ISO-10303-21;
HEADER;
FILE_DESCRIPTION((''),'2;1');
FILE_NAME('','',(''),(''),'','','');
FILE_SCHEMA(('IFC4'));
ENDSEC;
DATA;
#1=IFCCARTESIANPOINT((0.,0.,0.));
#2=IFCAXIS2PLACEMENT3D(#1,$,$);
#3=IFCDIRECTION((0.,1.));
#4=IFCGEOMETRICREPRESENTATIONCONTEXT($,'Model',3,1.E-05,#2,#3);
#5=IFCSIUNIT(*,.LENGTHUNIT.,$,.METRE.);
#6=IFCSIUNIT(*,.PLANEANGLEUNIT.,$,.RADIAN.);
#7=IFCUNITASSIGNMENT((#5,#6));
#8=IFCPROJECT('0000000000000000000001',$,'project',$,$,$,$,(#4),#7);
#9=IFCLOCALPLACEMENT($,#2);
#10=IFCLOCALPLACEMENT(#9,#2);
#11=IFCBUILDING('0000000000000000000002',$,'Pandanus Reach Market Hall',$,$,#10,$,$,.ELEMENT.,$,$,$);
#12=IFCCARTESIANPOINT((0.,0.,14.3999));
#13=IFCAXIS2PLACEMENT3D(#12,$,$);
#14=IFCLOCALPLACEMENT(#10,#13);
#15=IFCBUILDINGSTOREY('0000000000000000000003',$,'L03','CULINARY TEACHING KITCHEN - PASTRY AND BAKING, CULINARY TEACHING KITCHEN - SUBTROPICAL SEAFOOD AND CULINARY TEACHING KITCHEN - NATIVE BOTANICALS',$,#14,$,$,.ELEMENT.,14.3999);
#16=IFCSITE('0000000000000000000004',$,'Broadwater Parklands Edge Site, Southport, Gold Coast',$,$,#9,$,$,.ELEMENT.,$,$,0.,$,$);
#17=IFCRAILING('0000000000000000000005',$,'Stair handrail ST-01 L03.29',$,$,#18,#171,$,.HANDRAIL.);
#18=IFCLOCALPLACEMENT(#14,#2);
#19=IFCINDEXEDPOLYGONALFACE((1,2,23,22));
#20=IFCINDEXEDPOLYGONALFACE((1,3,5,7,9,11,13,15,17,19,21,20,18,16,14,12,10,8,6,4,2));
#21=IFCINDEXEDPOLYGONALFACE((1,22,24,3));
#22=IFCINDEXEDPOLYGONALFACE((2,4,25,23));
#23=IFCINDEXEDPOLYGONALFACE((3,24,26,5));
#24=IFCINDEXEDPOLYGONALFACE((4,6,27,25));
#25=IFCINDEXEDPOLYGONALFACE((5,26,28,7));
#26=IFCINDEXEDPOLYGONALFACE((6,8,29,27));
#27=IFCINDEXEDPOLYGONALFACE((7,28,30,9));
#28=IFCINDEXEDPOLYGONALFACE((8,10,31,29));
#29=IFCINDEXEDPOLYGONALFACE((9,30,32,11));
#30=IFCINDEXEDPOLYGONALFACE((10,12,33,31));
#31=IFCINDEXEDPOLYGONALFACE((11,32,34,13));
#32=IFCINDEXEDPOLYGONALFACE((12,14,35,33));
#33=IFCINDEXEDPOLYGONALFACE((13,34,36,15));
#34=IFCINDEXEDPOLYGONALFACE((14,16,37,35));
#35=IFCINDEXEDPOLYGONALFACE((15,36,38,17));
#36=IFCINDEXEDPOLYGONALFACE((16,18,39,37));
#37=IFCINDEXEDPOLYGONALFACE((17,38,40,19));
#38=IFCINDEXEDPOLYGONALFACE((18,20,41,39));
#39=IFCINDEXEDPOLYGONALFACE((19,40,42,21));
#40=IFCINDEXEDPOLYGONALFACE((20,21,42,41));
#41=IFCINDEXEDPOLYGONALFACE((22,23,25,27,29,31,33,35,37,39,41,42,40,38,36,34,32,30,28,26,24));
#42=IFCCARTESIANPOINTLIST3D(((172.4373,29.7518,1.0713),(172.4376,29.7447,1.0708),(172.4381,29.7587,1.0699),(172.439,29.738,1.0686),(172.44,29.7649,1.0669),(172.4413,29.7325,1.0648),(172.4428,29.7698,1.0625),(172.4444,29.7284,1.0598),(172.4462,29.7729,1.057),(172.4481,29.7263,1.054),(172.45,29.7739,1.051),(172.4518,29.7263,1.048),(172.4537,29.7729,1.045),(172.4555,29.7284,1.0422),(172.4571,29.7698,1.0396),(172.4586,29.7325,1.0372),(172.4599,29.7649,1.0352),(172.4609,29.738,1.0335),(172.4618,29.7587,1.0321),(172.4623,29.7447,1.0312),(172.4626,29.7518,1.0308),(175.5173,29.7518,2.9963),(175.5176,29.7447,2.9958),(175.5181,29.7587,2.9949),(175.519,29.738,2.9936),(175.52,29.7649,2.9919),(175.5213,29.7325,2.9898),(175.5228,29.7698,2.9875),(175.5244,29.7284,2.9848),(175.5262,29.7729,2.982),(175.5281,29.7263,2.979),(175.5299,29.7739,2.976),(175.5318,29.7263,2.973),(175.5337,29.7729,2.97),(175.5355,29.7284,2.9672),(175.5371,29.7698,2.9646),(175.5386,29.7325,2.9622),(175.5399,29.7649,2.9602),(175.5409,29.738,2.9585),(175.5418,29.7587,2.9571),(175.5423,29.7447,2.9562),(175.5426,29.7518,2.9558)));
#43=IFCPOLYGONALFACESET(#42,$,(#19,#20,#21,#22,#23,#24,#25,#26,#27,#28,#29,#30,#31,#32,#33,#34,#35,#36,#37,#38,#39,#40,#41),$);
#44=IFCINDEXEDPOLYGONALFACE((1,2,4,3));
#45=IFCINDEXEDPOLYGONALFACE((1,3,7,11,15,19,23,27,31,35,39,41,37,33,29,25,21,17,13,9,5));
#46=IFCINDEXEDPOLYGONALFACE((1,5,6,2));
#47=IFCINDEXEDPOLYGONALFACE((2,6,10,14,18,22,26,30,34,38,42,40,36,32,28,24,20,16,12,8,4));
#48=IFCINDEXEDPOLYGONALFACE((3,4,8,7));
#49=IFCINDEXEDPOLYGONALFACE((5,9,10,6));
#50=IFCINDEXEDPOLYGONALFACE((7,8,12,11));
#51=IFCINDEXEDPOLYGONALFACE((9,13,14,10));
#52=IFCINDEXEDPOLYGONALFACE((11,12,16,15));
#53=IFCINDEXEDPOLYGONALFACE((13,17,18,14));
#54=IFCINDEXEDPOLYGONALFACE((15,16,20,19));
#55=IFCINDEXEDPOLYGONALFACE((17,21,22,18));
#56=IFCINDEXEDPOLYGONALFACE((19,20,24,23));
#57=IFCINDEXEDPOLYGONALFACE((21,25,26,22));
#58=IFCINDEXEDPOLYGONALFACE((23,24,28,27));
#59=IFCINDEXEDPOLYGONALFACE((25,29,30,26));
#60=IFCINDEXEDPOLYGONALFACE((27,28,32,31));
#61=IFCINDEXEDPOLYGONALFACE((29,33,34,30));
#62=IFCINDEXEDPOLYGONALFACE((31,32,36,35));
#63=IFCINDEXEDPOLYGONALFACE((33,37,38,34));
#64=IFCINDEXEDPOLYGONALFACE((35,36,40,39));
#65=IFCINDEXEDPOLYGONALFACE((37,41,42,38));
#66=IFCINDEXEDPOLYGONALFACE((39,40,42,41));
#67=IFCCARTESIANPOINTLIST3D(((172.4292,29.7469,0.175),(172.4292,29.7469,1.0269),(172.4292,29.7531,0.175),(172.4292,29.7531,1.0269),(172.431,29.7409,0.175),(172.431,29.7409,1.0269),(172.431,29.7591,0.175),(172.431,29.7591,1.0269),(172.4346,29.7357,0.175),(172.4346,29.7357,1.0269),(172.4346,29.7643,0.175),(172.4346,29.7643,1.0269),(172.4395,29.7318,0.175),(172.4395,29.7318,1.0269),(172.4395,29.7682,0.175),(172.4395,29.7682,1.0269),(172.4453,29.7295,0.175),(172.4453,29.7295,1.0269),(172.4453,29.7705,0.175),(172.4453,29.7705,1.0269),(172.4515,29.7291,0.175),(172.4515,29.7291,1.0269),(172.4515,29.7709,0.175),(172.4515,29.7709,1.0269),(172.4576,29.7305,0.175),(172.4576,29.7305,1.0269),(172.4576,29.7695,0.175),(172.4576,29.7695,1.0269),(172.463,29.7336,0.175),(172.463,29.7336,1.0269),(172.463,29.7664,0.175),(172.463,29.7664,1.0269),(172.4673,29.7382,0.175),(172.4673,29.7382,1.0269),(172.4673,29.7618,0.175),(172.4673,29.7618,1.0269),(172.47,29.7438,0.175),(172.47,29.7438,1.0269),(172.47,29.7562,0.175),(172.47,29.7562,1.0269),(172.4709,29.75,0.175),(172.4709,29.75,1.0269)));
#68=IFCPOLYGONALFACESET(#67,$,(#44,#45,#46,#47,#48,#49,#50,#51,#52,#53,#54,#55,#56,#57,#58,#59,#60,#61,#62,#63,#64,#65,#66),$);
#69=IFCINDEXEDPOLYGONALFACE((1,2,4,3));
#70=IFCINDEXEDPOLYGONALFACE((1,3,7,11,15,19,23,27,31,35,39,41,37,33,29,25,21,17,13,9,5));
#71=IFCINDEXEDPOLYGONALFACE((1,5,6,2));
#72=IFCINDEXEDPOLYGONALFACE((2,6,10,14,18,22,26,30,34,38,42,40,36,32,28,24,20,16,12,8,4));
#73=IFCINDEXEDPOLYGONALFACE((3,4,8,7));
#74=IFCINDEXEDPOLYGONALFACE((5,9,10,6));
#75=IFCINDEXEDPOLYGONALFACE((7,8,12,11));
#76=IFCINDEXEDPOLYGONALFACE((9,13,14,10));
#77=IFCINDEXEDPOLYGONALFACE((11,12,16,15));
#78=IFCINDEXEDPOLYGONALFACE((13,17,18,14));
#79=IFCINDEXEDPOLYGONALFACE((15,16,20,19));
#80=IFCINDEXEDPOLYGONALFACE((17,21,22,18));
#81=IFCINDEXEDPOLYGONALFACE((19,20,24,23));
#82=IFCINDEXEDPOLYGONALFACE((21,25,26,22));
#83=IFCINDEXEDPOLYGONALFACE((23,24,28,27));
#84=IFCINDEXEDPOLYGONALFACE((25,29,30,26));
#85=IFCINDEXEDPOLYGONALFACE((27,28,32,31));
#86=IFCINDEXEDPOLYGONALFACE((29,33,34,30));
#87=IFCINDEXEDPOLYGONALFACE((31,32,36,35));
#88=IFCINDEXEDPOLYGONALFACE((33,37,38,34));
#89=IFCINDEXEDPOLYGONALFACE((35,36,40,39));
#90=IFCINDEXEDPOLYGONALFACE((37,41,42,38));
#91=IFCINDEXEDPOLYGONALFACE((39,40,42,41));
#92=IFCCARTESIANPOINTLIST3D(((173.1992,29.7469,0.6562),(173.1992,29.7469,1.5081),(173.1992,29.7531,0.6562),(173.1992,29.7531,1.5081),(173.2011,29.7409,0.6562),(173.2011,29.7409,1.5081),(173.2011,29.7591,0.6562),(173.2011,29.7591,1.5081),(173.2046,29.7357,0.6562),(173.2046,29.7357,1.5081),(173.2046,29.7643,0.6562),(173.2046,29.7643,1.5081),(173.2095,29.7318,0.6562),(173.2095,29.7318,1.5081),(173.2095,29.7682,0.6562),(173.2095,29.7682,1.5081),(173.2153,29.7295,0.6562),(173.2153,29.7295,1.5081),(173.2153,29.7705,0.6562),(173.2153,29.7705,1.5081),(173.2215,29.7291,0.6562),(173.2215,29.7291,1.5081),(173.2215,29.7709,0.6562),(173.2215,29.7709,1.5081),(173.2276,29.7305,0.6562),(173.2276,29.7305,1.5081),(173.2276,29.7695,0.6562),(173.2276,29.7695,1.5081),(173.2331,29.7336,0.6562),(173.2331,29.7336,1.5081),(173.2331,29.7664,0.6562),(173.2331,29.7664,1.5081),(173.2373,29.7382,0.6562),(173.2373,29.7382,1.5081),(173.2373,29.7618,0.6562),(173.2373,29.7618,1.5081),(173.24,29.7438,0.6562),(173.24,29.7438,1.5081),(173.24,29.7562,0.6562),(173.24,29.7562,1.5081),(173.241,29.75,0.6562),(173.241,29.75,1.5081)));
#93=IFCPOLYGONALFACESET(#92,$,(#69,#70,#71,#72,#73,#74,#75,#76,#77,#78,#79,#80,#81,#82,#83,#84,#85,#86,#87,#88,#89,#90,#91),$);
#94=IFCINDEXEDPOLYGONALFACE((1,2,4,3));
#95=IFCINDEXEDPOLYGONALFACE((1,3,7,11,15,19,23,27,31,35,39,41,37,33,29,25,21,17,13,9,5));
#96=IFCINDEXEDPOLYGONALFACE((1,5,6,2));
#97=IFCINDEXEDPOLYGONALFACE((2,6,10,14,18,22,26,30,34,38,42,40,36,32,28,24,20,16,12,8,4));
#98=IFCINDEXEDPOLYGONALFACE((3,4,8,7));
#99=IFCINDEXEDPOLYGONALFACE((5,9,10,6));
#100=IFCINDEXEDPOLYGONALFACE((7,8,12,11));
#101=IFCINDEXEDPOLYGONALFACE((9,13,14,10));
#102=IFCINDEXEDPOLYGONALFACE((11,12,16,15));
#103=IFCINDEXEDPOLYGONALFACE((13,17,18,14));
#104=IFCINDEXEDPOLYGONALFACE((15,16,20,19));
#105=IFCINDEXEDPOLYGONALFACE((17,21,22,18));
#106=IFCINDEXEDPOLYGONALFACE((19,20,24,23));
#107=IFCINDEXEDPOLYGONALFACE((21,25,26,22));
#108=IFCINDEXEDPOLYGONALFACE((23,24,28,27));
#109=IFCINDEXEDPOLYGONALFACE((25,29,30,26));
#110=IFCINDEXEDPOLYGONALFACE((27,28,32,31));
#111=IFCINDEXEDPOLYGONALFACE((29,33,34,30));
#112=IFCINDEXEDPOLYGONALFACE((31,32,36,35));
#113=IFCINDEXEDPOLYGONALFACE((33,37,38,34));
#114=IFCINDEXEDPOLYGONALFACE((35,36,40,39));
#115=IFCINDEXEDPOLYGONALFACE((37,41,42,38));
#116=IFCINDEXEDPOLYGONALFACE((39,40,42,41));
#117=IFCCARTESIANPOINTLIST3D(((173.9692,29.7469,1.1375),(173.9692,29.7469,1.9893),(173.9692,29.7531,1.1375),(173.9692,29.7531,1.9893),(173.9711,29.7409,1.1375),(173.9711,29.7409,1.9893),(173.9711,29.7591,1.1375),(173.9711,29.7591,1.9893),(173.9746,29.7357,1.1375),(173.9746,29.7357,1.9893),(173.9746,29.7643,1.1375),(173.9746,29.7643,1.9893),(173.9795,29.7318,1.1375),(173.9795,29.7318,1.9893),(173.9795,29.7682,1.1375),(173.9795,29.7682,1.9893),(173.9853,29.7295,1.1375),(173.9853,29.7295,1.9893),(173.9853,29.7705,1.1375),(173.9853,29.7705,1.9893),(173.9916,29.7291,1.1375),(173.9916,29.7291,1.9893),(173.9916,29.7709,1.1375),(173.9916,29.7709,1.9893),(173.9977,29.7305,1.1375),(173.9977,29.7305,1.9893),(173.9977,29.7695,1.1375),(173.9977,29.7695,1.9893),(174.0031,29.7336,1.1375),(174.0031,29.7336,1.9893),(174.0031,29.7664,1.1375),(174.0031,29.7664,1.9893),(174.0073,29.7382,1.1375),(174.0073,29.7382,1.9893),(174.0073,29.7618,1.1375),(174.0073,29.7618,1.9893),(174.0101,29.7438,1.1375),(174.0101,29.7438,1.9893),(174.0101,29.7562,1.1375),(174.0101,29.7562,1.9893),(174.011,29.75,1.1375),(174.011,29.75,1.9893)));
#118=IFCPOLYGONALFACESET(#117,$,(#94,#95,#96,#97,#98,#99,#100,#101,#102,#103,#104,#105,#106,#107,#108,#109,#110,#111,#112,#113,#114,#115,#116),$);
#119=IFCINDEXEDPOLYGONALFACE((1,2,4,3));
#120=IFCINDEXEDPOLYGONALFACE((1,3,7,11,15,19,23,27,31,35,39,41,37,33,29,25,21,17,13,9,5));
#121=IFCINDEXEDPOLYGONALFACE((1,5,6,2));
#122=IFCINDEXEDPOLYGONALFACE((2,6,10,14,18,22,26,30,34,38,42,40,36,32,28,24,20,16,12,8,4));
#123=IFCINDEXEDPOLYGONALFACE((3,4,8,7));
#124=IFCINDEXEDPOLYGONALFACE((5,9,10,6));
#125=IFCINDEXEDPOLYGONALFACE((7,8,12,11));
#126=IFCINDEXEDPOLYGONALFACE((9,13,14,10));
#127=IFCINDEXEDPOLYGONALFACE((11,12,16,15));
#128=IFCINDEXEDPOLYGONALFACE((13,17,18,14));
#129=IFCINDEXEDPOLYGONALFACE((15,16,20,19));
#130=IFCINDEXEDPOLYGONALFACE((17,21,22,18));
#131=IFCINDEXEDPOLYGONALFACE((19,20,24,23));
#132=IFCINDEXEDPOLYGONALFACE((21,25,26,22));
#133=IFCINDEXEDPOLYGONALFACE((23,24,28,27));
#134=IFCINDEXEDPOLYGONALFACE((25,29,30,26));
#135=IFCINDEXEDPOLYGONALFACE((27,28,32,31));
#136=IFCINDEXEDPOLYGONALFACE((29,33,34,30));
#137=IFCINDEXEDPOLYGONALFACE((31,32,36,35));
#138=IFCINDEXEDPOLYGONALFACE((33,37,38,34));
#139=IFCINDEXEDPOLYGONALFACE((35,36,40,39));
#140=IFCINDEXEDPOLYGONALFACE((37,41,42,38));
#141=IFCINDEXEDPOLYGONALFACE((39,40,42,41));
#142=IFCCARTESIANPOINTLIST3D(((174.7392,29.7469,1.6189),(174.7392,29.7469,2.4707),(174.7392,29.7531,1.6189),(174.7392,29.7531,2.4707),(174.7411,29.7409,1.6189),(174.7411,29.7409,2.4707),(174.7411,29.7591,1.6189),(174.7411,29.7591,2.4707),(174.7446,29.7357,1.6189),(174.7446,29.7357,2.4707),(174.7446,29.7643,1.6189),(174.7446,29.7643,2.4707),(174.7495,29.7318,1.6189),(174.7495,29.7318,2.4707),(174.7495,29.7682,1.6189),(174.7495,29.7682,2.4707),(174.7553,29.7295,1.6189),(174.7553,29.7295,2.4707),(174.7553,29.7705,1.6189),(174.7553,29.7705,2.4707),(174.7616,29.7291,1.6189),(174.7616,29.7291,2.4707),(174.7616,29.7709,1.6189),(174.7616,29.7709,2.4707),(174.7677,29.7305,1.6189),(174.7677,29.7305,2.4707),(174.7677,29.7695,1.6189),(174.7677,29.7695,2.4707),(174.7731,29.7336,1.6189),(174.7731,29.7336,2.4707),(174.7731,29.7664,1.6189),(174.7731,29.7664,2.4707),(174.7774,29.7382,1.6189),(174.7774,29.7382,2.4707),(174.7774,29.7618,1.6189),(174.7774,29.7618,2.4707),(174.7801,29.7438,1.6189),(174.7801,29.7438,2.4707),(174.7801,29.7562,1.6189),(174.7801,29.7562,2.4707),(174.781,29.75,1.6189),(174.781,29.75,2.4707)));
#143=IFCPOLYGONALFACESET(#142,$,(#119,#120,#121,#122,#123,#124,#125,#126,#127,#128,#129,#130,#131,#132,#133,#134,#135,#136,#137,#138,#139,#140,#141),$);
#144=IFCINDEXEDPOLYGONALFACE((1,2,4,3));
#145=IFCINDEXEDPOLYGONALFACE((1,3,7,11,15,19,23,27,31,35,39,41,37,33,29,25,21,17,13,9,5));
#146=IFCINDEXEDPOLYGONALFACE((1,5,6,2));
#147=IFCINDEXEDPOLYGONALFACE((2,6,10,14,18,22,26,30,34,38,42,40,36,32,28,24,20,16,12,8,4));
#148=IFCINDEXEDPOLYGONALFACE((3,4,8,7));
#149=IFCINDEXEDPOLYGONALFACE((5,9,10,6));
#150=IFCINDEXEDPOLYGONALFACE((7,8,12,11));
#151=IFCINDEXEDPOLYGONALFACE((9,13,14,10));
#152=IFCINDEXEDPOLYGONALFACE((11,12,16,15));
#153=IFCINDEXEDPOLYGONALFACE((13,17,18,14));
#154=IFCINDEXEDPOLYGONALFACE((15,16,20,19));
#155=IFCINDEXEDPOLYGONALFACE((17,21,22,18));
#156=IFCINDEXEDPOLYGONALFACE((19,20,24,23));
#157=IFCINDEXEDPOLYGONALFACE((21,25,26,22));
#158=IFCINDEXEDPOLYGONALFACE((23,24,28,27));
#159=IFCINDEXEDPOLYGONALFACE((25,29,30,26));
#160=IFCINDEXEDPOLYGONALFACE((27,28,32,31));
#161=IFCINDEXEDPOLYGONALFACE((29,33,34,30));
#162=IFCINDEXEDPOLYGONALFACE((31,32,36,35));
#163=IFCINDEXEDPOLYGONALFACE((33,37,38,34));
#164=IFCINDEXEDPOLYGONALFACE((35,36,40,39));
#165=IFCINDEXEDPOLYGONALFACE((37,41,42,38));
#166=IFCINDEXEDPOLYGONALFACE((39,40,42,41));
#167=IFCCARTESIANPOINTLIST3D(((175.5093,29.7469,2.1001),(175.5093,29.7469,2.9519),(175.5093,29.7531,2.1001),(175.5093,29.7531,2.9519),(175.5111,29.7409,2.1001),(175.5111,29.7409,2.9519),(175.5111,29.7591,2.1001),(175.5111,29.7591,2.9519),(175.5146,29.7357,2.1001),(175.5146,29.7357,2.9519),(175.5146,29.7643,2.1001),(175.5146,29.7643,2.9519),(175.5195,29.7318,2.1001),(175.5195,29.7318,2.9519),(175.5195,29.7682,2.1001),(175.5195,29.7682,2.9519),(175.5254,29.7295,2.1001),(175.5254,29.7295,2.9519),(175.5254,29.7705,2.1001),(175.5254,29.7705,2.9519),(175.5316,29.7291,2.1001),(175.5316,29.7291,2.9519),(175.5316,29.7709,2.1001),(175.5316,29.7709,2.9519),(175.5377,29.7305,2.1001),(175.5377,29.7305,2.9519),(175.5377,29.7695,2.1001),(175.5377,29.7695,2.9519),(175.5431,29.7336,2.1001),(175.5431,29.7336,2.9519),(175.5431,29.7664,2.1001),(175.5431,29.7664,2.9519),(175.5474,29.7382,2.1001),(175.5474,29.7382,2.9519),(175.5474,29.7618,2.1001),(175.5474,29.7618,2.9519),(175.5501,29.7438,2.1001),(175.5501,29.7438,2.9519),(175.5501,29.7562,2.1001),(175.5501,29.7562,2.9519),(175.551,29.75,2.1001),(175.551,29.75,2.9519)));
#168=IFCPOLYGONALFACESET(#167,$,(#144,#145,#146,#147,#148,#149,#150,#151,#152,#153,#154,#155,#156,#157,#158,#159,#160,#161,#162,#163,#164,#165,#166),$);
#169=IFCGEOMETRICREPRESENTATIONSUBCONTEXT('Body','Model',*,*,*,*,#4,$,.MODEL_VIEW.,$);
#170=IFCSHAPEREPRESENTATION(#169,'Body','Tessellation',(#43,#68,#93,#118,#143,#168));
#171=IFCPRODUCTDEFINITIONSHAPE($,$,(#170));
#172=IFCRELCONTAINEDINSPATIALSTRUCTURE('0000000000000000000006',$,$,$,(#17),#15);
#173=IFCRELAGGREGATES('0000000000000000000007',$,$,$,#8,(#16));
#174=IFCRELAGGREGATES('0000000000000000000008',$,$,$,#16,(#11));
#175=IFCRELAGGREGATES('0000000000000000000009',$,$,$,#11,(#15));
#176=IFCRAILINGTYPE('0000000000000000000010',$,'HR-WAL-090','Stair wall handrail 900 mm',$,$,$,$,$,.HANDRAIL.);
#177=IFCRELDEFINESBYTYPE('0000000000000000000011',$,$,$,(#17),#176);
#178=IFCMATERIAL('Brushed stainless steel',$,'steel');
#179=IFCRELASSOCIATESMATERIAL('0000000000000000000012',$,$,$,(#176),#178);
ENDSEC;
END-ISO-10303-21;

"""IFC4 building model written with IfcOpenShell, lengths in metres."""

from ifc_helpers import new_model, si_unit, direction, frame, origin, origin_2d, place, context, subcontext, project, spatial, circle, extrude, material, type_object, element, save


model = new_model("IFC4")

# Units and contexts
model_context = context("Model", 3, precision=1e-05, world=origin(), true_north=direction((0.0, 1.0)))
body_context = subcontext(model_context, "Body", "Model", "MODEL_VIEW")
ifc_project = project(units=[si_unit("LENGTHUNIT", "METRE"), si_unit("PLANEANGLEUNIT", "RADIAN")], contexts=[model_context])

# Site, building, storey
site_placement = place(None, origin())
site = spatial("IfcSite", under=ifc_project, at=site_placement, Name="Broadwater Parklands Edge Site, Southport, Gold Coast", CompositionType="ELEMENT", RefElevation=0.0)
building_placement = place(site_placement, origin())
building = spatial("IfcBuilding", under=site, at=building_placement, Name="Pandanus Reach Market Hall", CompositionType="ELEMENT")
storey_placement = place(building_placement, frame((0.0, 0.0, 14.3999)))
storey = spatial("IfcBuildingStorey", under=building, at=storey_placement, Name="L03", Description="CULINARY TEACHING KITCHEN - PASTRY AND BAKING, CULINARY TEACHING KITCHEN - SUBTROPICAL SEAFOOD AND CULINARY TEACHING KITCHEN - NATIVE BOTANICALS", CompositionType="ELEMENT", Elevation=14.3999)

# Railing
ifc_material_1 = material(Name="Brushed stainless steel", Category="steel")
railing_type_1 = type_object("IfcRailingType", Name="HR-WAL-090", Description="Stair wall handrail 900 mm", PredefinedType="HANDRAIL", material=ifc_material_1)
railing_1_placement = place(storey_placement, frame((172.45, 29.75, 0.175)))
element("IfcRailing", 1, at=railing_1_placement, inside=storey, type_object=railing_type_1, Name="Stair handrail ST-01 L03.29", PredefinedType="HANDRAIL", context=body_context, shape_type="SweptSolid", body=[
    extrude(circle(Radius=0.0239, at=origin_2d()), frame((0.0, 0.0, 0.876), z_axis=(0.847998, 0.0, 0.529999), x_axis=(0.0, 1.0, 0.0)), (0.0, 0.0, 1.0), 3.6321),
    extrude(circle(Radius=0.021, at=origin_2d()), origin(), (0.0, 0.0, 1.0), 0.8518),
    extrude(circle(Radius=0.021, at=origin_2d()), frame((0.77, 0.0, 0.4812)), (0.0, 0.0, 1.0), 0.8518),
    extrude(circle(Radius=0.021, at=origin_2d()), frame((1.54, 0.0, 0.9624)), (0.0, 0.0, 1.0), 0.8518),
    extrude(circle(Radius=0.021, at=origin_2d()), frame((2.3101, 0.0, 1.4438)), (0.0, 0.0, 1.0), 0.8518),
    extrude(circle(Radius=0.021, at=origin_2d()), frame((3.0801, 0.0, 1.925)), (0.0, 0.0, 1.0), 0.8518),
])

save(model, "model.ifc")
